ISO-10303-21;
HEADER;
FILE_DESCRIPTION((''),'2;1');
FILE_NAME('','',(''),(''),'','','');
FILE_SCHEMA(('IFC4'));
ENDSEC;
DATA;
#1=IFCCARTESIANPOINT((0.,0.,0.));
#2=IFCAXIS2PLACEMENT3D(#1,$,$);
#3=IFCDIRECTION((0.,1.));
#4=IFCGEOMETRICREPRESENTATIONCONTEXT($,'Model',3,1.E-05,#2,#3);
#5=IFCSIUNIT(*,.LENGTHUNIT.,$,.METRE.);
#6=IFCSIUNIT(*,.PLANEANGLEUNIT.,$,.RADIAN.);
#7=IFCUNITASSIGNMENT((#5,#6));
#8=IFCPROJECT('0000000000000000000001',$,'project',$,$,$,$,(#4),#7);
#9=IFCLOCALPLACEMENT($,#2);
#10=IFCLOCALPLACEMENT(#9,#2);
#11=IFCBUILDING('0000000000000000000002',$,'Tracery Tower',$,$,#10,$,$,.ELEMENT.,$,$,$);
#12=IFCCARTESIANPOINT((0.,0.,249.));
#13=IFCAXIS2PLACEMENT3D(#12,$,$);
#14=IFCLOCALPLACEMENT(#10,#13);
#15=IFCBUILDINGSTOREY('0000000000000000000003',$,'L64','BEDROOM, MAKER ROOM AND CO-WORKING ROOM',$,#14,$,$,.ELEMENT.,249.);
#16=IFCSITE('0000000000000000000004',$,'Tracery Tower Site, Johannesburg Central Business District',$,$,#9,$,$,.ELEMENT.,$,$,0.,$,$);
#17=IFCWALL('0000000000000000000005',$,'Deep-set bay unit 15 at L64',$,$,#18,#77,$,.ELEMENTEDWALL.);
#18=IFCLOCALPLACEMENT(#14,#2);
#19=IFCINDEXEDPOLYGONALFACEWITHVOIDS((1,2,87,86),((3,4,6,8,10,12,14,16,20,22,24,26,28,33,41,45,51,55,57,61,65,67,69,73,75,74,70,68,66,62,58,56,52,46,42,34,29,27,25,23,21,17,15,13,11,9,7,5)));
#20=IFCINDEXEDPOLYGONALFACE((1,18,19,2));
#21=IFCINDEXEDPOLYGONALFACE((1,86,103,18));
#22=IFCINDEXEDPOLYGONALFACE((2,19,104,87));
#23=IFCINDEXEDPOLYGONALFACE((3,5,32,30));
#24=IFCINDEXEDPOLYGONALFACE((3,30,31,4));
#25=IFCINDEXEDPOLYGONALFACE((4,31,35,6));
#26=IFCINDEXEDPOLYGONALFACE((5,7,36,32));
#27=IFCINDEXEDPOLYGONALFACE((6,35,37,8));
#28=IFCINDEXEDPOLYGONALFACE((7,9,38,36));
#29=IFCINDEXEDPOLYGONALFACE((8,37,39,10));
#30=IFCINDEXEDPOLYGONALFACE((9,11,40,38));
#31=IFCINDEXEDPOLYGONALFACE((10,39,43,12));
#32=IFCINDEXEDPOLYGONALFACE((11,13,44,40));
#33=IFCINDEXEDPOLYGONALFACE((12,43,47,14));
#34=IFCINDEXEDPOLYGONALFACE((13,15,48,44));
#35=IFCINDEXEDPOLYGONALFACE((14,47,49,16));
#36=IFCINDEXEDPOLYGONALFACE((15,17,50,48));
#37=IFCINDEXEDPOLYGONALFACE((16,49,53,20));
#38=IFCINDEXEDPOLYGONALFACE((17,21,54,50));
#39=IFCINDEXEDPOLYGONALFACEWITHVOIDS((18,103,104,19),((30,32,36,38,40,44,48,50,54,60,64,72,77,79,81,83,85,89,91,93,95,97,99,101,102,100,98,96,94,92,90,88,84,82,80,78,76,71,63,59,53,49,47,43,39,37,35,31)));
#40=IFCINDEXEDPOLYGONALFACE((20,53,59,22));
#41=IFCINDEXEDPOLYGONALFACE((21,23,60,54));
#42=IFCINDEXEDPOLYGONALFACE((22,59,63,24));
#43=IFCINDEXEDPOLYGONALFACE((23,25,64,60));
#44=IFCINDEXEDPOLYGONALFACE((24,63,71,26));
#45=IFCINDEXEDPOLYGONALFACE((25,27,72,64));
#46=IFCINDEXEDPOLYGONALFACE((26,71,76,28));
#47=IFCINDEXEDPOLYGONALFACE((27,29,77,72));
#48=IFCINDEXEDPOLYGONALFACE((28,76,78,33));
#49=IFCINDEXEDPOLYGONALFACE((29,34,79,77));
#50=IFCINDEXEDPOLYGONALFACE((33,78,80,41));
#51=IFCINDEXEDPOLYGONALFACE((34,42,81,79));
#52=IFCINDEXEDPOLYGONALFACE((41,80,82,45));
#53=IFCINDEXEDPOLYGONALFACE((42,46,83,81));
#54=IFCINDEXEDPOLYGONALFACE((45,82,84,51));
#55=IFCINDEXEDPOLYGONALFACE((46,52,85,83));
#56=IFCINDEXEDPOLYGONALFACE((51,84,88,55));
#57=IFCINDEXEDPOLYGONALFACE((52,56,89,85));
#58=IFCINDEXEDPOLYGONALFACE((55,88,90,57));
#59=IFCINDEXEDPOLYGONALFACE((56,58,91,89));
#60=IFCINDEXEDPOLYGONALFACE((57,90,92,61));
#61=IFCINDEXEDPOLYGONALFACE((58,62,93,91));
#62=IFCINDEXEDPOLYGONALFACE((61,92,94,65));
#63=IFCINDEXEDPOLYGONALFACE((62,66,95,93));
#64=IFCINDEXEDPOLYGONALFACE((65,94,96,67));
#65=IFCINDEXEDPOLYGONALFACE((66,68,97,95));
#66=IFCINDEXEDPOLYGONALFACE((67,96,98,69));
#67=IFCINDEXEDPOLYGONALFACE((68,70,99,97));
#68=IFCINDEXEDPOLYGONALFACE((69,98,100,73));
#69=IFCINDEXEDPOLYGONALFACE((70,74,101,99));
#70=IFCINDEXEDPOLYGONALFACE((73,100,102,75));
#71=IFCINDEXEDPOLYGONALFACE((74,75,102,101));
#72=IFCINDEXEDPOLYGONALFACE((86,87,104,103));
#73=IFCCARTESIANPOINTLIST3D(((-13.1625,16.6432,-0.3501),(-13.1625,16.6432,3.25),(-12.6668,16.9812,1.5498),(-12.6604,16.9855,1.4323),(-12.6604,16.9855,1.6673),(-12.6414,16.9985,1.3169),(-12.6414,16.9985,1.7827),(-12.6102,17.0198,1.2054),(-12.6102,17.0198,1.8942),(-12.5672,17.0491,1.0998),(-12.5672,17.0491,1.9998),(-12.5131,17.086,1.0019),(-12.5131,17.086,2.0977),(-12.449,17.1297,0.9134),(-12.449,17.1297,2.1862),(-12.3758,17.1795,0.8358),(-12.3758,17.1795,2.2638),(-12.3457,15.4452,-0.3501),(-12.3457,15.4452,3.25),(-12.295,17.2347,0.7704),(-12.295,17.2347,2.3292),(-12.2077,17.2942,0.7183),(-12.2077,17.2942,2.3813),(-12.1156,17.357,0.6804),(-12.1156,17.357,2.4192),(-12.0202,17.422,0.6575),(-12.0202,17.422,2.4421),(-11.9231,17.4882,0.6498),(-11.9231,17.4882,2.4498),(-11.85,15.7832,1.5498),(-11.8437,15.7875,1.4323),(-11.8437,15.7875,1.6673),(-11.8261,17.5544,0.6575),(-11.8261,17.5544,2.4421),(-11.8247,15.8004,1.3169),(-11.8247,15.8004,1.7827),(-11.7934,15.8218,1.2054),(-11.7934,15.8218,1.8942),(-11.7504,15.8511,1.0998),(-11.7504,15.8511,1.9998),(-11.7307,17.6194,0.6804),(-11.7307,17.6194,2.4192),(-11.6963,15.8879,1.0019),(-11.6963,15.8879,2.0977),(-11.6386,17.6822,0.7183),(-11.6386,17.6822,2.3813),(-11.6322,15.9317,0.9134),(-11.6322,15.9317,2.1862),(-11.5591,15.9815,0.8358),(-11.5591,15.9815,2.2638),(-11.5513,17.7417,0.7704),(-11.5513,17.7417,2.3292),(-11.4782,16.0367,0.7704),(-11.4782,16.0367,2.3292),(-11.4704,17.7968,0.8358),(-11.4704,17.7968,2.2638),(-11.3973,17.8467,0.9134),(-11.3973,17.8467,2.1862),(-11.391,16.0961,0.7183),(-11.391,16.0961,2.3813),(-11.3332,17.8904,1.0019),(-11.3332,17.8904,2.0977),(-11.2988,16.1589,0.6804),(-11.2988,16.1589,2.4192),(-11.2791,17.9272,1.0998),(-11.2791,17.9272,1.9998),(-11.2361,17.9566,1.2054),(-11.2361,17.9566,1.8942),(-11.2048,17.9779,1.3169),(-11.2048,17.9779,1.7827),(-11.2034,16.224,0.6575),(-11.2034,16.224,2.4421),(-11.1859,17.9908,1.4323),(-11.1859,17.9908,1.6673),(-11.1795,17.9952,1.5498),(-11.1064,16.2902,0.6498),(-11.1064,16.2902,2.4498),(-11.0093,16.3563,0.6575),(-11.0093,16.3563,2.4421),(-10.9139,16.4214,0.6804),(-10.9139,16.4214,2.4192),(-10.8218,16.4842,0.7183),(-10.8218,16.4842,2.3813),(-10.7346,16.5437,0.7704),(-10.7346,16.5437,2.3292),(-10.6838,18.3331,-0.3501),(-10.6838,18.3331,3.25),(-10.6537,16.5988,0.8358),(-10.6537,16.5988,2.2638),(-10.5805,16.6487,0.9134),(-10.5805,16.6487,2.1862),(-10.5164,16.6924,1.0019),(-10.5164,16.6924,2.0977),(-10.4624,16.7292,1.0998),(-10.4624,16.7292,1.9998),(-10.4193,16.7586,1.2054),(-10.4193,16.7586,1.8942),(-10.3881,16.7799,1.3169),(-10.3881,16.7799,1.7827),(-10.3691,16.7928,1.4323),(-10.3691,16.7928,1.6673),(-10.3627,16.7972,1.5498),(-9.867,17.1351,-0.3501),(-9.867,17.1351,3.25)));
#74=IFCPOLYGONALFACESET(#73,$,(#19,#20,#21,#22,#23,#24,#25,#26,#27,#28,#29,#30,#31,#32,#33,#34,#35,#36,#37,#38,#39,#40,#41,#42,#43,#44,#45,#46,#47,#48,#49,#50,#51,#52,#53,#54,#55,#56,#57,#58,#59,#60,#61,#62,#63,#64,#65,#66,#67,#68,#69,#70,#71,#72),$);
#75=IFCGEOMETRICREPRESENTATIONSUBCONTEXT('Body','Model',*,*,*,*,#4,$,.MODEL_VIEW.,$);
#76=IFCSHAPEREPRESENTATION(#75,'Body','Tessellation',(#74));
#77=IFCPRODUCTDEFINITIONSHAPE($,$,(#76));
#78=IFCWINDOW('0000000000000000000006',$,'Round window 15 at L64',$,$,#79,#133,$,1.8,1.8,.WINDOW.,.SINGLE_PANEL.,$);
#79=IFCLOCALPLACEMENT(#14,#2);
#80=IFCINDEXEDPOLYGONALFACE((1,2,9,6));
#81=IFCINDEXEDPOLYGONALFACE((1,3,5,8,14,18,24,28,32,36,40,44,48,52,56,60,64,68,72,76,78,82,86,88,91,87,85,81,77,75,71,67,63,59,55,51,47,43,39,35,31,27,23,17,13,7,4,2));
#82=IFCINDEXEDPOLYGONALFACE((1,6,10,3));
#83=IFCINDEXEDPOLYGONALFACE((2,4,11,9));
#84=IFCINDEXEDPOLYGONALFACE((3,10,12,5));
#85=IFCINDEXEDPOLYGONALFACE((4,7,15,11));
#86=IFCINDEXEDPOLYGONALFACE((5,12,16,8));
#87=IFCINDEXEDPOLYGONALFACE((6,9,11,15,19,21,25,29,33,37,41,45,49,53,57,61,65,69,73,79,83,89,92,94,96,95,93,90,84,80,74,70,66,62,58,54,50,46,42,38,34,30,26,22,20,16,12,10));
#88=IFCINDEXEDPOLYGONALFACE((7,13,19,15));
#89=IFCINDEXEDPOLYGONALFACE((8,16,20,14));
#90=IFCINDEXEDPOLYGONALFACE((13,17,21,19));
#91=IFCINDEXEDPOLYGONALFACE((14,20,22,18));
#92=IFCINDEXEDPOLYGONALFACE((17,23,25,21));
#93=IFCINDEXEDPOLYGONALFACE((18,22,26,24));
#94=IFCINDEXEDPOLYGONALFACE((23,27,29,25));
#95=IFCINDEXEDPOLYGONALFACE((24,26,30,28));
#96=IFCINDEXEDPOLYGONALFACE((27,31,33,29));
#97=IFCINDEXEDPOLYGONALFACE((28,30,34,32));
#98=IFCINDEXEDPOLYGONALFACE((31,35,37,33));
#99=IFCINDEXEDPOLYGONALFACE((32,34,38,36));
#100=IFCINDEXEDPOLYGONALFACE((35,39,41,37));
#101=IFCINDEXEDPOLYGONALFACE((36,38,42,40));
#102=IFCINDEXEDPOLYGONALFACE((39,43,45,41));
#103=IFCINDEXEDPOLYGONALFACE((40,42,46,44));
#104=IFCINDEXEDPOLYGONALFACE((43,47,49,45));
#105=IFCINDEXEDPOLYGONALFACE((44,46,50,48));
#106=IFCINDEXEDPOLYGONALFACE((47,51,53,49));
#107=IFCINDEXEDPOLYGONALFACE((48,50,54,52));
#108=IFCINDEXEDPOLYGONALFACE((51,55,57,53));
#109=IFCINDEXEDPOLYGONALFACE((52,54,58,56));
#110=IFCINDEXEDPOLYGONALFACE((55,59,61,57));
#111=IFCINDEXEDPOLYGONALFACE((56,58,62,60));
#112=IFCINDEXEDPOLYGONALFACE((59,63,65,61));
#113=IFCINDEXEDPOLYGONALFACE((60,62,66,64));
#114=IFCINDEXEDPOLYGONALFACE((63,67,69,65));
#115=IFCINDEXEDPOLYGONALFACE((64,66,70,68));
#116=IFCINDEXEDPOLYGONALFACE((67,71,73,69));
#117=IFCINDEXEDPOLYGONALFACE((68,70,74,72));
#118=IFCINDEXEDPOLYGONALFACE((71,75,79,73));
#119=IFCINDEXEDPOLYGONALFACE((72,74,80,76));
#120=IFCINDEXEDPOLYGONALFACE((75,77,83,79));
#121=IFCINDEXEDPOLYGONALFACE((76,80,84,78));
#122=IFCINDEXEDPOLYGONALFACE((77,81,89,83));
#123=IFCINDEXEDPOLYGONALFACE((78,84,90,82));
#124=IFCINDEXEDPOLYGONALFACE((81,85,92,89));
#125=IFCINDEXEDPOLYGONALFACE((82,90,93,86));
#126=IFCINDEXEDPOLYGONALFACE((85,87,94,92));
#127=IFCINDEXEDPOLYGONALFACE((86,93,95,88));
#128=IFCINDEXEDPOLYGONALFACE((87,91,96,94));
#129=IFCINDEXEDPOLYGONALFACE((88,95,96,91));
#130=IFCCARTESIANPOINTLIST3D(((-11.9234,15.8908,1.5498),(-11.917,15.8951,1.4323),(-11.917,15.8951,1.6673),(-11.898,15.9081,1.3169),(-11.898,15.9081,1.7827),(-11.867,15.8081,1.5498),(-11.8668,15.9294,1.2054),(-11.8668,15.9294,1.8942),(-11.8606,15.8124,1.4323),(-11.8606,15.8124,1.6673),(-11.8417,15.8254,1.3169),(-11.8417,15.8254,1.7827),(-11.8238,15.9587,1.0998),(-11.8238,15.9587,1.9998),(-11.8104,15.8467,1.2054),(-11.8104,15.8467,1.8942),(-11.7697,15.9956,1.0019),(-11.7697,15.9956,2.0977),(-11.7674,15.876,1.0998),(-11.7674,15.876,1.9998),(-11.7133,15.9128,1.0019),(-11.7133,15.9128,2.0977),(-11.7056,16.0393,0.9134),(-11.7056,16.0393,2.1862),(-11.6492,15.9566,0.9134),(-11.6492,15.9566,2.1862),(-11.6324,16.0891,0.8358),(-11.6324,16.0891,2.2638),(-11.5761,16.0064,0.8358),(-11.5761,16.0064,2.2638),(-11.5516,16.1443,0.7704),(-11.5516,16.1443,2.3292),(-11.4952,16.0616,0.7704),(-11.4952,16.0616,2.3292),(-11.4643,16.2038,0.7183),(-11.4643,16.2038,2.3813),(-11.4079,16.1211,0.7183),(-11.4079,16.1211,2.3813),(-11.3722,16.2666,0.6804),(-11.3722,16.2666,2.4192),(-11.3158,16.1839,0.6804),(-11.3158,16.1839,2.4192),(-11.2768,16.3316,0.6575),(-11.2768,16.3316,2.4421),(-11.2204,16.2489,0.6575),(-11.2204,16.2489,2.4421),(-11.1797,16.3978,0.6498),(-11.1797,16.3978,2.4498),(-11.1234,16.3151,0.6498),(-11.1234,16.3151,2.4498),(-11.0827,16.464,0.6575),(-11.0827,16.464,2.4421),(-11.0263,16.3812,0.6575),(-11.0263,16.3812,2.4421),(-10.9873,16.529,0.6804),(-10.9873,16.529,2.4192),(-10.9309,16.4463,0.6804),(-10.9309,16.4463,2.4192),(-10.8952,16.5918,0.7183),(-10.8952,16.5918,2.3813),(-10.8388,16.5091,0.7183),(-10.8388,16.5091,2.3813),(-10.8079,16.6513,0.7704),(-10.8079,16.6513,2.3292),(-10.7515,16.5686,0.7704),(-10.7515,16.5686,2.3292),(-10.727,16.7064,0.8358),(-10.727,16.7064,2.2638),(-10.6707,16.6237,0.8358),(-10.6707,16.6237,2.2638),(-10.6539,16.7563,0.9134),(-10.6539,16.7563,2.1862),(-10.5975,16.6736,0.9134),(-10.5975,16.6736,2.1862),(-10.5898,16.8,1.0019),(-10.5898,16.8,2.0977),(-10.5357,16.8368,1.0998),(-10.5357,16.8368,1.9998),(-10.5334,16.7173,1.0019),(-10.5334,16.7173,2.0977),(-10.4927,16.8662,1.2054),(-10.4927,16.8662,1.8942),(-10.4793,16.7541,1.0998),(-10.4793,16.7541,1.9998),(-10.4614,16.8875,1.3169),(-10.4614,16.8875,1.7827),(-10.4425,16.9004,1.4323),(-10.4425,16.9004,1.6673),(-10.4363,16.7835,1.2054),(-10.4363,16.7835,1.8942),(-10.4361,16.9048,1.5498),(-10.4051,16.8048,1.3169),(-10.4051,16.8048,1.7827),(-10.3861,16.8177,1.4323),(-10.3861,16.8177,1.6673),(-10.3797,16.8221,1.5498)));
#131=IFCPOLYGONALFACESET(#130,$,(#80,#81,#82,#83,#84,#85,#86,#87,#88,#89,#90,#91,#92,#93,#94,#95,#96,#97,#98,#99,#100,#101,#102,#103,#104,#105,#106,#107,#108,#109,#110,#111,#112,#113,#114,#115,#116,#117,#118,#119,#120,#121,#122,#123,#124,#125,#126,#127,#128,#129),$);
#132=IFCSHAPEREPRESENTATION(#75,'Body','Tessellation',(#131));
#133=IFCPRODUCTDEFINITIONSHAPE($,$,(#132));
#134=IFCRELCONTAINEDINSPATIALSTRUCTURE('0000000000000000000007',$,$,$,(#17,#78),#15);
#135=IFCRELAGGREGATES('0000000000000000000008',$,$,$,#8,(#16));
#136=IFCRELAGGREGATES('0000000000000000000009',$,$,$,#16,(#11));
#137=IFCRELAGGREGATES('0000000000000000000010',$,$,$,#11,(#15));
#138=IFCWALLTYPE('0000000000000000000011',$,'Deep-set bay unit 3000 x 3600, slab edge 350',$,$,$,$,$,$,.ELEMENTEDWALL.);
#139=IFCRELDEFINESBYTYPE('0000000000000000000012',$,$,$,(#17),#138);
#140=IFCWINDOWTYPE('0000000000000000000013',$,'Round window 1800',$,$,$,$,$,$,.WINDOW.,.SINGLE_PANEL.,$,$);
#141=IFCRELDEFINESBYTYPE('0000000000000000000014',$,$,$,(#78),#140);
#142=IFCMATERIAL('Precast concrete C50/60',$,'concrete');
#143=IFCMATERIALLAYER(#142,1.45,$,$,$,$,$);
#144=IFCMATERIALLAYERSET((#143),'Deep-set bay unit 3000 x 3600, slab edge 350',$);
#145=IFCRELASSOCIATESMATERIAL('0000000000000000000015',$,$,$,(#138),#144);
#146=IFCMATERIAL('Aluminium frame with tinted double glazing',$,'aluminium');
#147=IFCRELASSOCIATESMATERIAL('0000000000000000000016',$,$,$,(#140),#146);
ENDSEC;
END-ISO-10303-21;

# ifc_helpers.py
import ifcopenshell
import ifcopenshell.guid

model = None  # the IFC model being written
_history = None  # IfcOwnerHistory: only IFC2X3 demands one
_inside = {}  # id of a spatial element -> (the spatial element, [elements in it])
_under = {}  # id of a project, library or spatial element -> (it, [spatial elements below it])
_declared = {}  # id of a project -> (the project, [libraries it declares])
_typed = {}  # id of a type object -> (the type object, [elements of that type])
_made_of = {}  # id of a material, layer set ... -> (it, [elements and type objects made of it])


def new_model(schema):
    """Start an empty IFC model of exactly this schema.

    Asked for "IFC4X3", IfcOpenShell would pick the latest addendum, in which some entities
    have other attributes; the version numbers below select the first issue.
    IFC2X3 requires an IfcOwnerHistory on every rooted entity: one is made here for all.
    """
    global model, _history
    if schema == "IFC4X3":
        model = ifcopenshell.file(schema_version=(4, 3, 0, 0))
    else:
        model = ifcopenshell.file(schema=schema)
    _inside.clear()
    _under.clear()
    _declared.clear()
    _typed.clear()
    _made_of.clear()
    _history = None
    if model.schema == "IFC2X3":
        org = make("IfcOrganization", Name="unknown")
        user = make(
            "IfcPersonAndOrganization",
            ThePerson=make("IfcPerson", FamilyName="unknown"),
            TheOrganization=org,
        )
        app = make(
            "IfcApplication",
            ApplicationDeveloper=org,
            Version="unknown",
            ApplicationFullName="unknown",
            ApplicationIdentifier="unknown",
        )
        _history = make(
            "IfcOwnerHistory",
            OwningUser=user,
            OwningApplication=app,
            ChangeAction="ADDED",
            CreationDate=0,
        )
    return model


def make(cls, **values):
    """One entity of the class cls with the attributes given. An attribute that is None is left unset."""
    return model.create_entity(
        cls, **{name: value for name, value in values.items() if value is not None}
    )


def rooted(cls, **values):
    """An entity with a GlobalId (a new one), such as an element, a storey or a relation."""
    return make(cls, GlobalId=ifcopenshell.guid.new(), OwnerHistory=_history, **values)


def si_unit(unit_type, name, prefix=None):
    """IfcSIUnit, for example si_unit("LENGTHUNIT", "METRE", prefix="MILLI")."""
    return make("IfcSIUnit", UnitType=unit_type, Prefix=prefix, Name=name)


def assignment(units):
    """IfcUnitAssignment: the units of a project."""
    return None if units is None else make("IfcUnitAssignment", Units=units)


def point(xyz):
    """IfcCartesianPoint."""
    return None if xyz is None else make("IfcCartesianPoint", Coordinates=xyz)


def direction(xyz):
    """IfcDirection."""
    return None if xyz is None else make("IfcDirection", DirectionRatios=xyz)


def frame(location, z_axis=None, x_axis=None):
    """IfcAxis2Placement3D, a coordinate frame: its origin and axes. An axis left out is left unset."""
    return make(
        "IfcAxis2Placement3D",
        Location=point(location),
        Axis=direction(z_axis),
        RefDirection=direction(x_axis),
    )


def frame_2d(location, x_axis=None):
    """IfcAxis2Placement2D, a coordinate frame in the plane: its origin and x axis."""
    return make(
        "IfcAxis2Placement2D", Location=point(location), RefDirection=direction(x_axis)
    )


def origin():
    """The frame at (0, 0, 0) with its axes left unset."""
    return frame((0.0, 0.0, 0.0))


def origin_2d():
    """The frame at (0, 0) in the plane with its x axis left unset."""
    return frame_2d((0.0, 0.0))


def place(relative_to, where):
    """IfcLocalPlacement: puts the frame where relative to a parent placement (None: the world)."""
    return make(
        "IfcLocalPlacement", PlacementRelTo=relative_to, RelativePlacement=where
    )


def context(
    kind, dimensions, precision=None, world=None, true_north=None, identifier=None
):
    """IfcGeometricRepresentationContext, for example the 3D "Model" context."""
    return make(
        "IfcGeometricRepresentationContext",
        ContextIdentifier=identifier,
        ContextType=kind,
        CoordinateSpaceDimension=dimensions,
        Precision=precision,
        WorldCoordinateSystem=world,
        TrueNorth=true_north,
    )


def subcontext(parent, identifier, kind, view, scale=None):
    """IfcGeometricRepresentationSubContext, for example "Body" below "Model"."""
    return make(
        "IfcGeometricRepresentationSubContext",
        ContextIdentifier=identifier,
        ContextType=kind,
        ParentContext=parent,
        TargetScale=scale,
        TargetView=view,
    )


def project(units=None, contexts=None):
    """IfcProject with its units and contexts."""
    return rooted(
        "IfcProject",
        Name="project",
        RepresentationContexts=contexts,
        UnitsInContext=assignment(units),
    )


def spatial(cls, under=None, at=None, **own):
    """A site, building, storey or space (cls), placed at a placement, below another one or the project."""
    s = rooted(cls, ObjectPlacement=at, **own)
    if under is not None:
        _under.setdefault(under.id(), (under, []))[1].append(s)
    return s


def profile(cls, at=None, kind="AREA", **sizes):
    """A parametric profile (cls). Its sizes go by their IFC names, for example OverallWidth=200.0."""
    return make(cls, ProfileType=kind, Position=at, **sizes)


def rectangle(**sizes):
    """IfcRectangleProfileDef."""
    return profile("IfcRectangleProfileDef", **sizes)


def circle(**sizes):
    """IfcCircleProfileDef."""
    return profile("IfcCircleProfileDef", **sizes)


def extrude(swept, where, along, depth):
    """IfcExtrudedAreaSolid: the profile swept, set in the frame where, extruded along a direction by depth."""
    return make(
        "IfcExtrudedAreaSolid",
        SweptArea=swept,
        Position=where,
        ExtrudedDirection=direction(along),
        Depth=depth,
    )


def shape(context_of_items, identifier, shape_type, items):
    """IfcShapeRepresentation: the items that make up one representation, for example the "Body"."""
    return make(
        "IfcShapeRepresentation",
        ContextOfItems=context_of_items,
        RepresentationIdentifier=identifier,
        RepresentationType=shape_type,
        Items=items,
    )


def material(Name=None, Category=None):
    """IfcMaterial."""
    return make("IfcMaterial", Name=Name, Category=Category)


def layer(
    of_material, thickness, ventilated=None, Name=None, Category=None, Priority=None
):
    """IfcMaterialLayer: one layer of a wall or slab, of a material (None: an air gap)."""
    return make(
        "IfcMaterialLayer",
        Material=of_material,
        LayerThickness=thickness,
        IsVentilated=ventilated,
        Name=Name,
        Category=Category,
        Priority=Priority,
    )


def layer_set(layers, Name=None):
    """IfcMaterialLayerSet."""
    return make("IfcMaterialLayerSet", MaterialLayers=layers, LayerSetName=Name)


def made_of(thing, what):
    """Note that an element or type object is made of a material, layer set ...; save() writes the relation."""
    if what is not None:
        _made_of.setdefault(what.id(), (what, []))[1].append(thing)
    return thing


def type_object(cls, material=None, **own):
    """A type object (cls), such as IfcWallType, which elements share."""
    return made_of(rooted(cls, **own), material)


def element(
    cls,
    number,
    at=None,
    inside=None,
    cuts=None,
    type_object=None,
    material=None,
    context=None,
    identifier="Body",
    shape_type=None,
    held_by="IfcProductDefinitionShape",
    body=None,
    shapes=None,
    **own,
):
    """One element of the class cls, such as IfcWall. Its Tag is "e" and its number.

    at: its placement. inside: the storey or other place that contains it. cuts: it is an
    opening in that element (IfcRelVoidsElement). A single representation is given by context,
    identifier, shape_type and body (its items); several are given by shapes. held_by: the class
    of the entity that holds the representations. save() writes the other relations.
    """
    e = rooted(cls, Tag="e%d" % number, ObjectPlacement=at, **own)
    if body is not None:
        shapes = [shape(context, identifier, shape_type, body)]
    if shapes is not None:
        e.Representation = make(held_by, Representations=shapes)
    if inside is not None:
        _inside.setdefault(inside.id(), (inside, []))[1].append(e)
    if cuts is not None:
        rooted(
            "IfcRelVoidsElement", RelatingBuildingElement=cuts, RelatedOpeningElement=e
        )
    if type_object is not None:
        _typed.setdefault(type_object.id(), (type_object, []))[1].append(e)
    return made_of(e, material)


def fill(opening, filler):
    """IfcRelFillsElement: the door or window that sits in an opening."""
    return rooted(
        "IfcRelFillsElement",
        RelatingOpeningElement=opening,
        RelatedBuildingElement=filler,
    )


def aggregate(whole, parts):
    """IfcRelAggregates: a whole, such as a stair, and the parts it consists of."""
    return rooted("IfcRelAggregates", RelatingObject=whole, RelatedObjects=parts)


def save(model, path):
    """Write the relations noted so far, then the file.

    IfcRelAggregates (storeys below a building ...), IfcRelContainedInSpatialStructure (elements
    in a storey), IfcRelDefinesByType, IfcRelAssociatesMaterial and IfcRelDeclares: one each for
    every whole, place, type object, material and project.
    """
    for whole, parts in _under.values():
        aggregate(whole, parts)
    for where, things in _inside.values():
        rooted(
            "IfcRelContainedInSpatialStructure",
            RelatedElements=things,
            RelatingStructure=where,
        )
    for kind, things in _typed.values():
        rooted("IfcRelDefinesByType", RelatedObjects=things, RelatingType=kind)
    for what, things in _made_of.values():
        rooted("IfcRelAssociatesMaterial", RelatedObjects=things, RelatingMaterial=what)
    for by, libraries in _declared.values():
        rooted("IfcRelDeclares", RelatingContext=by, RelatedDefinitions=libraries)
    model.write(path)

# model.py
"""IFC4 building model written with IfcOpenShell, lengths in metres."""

from ifc_helpers import new_model, si_unit, direction, frame, frame_2d, origin, origin_2d, place, context, subcontext, project, spatial, rectangle, circle, extrude, material, layer, layer_set, type_object, element, fill, save


model = new_model("IFC4")

# Units and contexts
model_context = context("Model", 3, precision=1e-05, world=origin(), true_north=direction((0.0, 1.0)))
body_context = subcontext(model_context, "Body", "Model", "MODEL_VIEW")
ifc_project = project(units=[si_unit("LENGTHUNIT", "METRE"), si_unit("PLANEANGLEUNIT", "RADIAN")], contexts=[model_context])

# Site, building, storey
site_placement = place(None, origin())
site = spatial("IfcSite", under=ifc_project, at=site_placement, Name="Tracery Tower Site, Johannesburg Central Business District", CompositionType="ELEMENT", RefElevation=0.0)
building_placement = place(site_placement, origin())
building = spatial("IfcBuilding", under=site, at=building_placement, Name="Tracery Tower", CompositionType="ELEMENT")
storey_placement = place(building_placement, frame((0.0, 0.0, 249.0)))
storey = spatial("IfcBuildingStorey", under=building, at=storey_placement, Name="L64", Description="BEDROOM, MAKER ROOM AND CO-WORKING ROOM", CompositionType="ELEMENT", Elevation=249.0)

# Wall, opening, window
ifc_material_1 = material(Name="Precast concrete C50/60", Category="concrete")
ifc_layer_1 = layer(ifc_material_1, 1.45)
ifc_layer_set_1 = layer_set([ifc_layer_1], Name="Deep-set bay unit 3000 x 3600, slab edge 350")
wall_type_1 = type_object("IfcWallType", Name="Deep-set bay unit 3000 x 3600, slab edge 350", PredefinedType="ELEMENTEDWALL", material=ifc_layer_set_1)
wall_1_placement = place(storey_placement, frame((-10.2754, 17.7341, -0.3501), z_axis=(0.0, 0.0, 1.0), x_axis=(-0.826246, -0.563309, 0.0)))
wall_1 = element("IfcWall", 1, at=wall_1_placement, inside=storey, type_object=wall_type_1, Name="Deep-set bay unit 15 at L64", PredefinedType="ELEMENTEDWALL", context=body_context, shape_type="SweptSolid", body=[
    extrude(rectangle(XDim=3.0, YDim=1.45, at=frame_2d((1.5, 0.0))), origin(), (0.0, 0.0, 1.0), 3.6001),
])
opening_1_placement = place(wall_1_placement, frame((1.5, 0.0, 1.8999)))
opening_1 = element("IfcOpeningElement", 2, at=opening_1_placement, cuts=wall_1, PredefinedType="OPENING", context=body_context, shape_type="SweptSolid", body=[
    extrude(circle(Radius=0.9, at=origin_2d()), frame((0.0, 0.7349, 0.0), z_axis=(0.0, -1.0, 0.0), x_axis=(1.0, 0.0, 0.0)), (0.0, 0.0, 1.0), 1.47),
])
ifc_material_2 = material(Name="Aluminium frame with tinted double glazing", Category="aluminium")
window_type = type_object("IfcWindowType", Name="Round window 1800", PartitioningType="SINGLE_PANEL", PredefinedType="WINDOW", material=ifc_material_2)
window_1_placement = place(opening_1_placement, origin())
window_1 = element("IfcWindow", 3, at=window_1_placement, inside=storey, type_object=window_type, Name="Round window 15 at L64", OverallHeight=1.8, OverallWidth=1.8, PartitioningType="SINGLE_PANEL", PredefinedType="WINDOW", context=body_context, shape_type="SweptSolid", body=[
    extrude(circle(Radius=0.9, at=origin_2d()), frame((0.0, 0.6948, 0.0), z_axis=(0.0, -1.0, 0.0), x_axis=(1.0, 0.0, 0.0)), (0.0, 0.0, 1.0), 0.1001),
])
fill(opening_1, window_1)

save(model, "model.ifc")
